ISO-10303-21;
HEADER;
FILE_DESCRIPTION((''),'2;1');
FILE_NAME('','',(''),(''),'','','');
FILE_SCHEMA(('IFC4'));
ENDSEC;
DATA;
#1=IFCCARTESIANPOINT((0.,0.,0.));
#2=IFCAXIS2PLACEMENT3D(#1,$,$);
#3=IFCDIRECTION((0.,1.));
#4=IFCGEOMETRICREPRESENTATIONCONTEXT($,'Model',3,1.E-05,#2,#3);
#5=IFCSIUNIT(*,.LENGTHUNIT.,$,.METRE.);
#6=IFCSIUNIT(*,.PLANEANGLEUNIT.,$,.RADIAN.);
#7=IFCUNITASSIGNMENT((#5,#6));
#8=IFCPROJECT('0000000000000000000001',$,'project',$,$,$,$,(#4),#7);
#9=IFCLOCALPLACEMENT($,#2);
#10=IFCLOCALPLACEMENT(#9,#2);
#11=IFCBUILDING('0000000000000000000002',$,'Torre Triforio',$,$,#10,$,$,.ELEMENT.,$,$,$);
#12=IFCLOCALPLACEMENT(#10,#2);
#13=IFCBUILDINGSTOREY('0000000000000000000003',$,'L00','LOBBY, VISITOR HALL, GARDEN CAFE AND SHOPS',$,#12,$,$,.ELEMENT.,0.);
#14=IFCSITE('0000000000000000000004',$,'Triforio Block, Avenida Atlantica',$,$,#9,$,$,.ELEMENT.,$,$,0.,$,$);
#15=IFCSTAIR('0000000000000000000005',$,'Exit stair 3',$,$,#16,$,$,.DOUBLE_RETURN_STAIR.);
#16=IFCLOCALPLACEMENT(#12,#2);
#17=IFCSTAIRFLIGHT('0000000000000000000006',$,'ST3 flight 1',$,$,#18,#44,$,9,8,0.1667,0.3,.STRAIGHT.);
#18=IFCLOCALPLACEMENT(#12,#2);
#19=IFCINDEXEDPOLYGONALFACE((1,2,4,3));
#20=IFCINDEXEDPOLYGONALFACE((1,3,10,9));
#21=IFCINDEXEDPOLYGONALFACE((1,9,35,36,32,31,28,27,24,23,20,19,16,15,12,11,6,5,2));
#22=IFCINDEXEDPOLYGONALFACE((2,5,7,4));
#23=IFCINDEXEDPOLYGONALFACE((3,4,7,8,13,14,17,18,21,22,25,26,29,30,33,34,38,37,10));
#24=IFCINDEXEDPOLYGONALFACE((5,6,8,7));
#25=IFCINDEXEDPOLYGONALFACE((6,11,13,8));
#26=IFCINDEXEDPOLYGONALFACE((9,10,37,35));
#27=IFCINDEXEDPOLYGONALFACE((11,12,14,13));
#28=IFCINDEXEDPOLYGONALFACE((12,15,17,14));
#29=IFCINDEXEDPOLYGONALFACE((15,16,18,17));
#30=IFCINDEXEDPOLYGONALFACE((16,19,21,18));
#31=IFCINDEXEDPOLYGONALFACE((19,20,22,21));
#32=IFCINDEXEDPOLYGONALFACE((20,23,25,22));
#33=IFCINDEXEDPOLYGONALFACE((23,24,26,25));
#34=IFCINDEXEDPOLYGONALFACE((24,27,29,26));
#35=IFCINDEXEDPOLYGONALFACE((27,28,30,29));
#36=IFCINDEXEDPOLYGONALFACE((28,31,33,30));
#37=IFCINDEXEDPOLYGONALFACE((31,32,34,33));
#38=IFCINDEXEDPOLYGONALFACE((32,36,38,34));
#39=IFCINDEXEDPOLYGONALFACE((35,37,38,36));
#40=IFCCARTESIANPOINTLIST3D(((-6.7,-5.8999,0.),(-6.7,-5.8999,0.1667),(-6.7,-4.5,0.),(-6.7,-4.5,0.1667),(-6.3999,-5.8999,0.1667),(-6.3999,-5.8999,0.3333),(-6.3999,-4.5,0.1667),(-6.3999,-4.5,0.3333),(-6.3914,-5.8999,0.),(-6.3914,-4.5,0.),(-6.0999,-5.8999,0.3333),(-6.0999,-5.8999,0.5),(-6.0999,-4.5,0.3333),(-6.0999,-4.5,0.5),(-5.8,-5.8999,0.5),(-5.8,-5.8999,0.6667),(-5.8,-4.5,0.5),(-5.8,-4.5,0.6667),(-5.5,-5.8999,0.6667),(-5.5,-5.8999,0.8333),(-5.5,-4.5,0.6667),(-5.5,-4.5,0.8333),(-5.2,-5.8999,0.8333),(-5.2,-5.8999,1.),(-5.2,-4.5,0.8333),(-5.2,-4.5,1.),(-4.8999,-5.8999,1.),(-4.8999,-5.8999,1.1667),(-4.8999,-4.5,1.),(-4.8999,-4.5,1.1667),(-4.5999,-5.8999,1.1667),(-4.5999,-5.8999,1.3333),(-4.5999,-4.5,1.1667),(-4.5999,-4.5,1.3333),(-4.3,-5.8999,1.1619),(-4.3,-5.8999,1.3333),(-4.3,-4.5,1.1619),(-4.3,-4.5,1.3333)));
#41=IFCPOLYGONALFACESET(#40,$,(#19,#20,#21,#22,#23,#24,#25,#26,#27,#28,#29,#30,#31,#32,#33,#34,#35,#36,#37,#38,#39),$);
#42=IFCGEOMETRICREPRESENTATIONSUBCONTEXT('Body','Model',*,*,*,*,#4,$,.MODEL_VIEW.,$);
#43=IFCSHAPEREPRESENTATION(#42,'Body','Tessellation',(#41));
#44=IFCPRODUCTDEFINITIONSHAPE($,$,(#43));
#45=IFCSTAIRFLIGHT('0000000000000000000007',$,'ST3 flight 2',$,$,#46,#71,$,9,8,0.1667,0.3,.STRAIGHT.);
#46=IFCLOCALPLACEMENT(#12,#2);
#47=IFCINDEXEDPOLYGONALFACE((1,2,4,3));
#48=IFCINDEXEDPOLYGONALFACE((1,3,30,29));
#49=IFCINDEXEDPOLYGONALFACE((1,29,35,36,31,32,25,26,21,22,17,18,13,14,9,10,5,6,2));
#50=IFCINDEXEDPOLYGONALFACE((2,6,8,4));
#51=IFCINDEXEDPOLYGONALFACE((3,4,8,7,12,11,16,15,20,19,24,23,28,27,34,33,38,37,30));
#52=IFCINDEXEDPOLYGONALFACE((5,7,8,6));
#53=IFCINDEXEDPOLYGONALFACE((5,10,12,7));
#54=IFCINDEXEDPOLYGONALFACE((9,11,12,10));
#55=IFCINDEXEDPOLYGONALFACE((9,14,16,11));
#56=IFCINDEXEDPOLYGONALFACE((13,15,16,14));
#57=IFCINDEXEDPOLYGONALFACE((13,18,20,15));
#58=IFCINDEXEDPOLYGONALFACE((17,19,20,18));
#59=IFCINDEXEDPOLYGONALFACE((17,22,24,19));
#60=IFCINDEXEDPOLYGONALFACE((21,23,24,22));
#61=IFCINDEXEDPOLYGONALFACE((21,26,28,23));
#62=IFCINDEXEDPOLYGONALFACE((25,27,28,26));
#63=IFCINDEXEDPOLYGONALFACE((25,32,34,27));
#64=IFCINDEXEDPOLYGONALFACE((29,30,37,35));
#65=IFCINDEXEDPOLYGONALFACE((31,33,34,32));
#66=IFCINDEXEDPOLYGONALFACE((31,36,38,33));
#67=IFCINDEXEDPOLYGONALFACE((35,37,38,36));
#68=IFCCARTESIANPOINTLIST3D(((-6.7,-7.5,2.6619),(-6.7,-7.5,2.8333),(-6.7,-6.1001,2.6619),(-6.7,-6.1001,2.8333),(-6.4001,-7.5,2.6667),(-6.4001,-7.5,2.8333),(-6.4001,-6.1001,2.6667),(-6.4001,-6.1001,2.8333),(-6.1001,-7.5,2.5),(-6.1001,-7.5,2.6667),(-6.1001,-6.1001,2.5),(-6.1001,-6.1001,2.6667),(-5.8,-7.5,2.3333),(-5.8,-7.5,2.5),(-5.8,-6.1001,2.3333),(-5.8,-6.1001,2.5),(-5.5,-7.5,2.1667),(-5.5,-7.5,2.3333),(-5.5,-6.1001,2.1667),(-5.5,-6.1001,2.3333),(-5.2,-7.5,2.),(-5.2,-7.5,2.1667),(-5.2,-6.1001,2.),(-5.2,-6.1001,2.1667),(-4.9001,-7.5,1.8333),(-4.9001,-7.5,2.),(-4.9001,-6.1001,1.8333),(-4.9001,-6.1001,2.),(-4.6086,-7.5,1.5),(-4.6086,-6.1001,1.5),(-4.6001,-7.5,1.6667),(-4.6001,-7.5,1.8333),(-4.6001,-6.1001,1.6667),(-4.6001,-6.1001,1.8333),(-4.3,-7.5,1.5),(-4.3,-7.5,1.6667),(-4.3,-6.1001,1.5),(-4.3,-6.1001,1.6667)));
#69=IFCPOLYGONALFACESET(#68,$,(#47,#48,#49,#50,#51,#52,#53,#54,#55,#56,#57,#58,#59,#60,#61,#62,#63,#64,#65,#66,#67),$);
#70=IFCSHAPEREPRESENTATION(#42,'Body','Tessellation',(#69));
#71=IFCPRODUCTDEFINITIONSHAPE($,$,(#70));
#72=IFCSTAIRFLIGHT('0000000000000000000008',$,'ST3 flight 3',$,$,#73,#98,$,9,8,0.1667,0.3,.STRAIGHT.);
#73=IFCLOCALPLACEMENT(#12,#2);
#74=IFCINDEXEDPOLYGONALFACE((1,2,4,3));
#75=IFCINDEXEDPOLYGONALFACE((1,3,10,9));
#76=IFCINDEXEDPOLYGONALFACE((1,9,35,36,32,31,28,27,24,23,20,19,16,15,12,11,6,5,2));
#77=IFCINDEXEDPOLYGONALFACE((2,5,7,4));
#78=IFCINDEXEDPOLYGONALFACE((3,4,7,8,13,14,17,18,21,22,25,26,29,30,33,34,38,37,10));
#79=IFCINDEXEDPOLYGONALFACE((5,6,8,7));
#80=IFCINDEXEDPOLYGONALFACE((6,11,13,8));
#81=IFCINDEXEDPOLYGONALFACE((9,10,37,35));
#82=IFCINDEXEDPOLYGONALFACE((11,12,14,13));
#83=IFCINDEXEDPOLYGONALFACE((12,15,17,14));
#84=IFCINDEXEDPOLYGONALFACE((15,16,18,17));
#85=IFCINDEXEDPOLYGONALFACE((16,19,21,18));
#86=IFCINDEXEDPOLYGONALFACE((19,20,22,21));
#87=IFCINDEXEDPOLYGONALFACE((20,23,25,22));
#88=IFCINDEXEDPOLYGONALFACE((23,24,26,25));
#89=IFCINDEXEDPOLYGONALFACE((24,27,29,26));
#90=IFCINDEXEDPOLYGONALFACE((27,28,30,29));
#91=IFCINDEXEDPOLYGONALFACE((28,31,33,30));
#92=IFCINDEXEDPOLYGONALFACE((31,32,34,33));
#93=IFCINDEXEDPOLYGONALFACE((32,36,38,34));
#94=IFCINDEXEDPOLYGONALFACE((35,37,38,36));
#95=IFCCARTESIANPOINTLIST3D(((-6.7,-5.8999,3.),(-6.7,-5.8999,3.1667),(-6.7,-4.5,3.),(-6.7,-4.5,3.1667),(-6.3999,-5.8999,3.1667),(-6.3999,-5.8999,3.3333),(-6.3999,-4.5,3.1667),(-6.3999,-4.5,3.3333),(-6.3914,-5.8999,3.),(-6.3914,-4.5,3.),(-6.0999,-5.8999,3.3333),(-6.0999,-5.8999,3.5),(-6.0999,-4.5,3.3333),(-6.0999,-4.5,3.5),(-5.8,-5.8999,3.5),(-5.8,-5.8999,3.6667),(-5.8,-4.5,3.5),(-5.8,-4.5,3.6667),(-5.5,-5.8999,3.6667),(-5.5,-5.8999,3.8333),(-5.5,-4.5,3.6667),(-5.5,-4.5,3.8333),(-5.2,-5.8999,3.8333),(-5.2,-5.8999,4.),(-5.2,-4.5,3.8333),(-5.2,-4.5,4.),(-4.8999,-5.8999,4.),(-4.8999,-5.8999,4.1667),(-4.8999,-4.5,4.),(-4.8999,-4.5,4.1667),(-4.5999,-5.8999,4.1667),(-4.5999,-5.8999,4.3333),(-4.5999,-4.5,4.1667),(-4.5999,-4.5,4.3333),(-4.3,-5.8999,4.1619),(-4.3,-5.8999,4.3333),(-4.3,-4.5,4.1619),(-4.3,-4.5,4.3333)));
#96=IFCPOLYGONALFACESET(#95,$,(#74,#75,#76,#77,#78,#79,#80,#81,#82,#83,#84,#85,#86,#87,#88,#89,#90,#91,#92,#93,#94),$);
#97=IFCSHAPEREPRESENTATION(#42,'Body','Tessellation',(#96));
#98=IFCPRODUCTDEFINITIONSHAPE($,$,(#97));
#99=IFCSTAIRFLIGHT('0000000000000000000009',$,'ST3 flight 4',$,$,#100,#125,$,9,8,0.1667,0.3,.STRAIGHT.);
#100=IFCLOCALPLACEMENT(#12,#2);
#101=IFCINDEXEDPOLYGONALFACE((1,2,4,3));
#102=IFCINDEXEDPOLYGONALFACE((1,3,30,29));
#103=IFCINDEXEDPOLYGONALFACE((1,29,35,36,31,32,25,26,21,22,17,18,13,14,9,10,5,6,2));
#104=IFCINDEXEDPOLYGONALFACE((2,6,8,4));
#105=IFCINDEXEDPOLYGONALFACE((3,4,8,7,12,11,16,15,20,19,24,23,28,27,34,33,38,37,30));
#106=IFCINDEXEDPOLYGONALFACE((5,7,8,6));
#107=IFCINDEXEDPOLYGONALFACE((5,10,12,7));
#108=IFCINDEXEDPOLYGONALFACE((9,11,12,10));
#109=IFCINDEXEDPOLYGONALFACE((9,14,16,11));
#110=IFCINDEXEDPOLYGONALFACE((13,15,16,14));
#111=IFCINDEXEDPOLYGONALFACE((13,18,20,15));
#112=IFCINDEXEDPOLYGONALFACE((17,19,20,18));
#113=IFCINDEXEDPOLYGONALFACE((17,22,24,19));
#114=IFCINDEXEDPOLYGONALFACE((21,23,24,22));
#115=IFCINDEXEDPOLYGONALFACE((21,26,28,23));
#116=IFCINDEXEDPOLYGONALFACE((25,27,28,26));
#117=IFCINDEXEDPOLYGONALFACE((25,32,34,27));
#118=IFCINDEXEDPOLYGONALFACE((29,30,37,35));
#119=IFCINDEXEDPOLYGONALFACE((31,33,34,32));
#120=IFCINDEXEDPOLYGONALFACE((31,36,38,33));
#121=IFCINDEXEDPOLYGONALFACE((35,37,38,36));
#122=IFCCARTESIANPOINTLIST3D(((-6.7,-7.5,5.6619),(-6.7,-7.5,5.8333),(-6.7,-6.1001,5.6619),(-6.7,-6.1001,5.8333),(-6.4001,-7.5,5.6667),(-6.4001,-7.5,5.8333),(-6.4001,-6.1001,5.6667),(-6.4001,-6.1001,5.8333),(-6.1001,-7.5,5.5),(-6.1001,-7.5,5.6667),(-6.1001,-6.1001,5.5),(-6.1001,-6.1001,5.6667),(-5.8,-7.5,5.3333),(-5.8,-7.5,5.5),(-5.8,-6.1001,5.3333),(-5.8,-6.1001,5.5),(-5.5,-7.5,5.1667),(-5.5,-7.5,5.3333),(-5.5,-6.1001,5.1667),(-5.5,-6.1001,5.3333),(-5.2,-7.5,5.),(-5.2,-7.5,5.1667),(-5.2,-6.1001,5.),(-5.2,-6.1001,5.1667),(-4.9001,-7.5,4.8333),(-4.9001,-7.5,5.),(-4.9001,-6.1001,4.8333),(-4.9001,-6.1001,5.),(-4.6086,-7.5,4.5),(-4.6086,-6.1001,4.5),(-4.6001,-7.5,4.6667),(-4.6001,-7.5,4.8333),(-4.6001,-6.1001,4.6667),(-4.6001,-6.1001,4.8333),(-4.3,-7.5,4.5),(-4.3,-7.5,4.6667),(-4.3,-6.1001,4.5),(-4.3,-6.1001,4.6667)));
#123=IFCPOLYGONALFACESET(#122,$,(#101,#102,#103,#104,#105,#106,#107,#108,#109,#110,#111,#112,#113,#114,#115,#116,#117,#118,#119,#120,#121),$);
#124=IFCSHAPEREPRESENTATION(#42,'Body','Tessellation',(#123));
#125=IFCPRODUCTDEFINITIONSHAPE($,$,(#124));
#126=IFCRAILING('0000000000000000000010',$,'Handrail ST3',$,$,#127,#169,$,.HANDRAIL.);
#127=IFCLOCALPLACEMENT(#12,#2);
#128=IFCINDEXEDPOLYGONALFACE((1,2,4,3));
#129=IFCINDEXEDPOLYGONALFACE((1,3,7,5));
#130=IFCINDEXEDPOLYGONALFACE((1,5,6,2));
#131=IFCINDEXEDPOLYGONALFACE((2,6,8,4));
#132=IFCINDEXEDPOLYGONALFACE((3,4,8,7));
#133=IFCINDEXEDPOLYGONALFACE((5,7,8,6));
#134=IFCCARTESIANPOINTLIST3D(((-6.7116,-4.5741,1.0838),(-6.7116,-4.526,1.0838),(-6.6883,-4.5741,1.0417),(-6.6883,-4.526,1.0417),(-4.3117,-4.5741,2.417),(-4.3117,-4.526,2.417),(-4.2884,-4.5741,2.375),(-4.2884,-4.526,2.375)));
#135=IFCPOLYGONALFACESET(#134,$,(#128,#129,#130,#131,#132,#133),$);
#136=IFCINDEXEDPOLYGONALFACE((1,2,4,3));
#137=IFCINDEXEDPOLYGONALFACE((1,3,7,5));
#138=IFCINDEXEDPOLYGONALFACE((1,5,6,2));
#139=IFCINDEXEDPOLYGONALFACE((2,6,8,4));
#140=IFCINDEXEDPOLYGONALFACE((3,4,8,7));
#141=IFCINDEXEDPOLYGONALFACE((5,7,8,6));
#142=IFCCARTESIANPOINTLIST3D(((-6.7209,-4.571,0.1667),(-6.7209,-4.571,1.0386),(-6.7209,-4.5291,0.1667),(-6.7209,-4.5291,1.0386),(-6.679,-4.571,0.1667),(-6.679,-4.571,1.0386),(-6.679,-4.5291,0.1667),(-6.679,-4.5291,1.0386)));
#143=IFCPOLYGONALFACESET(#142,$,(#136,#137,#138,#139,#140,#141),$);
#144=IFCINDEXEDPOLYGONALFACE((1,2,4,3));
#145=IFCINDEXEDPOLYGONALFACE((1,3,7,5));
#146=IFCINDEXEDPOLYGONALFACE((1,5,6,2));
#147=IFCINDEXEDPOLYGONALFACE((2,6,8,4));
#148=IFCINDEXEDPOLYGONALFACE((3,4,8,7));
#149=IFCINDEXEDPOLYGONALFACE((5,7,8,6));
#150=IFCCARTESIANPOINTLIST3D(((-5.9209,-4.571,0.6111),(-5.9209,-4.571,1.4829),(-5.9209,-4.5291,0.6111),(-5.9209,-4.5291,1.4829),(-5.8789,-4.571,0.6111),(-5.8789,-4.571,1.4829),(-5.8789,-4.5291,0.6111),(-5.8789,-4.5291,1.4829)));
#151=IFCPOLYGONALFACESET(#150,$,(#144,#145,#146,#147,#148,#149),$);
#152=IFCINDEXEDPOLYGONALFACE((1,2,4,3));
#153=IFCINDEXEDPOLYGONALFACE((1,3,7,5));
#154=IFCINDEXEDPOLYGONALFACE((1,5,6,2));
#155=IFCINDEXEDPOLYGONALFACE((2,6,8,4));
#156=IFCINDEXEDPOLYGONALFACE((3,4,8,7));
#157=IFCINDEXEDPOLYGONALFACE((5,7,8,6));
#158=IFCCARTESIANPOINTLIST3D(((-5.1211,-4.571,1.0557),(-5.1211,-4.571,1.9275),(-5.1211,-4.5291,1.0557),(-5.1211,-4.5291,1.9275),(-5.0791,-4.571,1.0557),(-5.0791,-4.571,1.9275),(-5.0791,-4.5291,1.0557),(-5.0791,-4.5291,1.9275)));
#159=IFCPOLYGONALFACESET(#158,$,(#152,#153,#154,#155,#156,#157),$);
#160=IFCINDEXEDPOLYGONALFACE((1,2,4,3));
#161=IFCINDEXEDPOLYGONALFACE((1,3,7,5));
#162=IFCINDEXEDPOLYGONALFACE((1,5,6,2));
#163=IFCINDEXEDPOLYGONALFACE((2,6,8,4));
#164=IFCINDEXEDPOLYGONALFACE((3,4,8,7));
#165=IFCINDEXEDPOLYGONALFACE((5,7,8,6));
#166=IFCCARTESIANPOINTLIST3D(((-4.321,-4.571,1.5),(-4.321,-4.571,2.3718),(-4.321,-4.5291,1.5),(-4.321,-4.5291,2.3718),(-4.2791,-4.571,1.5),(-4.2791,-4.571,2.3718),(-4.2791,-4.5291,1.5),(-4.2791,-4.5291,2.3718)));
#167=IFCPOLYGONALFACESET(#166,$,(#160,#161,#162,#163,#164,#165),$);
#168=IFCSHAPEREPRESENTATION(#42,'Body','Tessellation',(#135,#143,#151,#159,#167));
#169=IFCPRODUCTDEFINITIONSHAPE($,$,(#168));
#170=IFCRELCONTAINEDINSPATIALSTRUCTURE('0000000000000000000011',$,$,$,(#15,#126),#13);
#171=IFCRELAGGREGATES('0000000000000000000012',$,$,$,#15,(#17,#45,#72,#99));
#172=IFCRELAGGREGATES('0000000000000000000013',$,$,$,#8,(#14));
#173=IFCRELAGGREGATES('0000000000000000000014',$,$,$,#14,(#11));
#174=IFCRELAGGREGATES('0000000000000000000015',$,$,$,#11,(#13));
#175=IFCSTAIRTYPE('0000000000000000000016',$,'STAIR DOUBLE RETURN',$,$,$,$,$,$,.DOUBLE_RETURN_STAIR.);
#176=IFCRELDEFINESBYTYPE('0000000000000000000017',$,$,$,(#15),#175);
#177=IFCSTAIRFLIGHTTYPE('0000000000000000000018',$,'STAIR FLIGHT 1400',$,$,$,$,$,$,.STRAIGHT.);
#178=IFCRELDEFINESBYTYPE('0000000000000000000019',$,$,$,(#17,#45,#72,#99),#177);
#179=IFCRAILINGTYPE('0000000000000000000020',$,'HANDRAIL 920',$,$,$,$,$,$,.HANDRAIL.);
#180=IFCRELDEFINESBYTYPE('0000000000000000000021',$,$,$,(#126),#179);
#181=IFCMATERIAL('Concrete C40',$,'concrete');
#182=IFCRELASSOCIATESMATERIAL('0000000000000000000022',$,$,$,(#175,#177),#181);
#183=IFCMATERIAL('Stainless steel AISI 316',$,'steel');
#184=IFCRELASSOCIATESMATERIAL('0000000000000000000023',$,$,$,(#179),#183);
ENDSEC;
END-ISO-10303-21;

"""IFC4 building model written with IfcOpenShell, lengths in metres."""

from ifc_helpers import new_model, si_unit, direction, frame, origin, origin_2d, place, context, subcontext, project, spatial, polyline, rectangle, outline, extrude, material, type_object, element, aggregate, save


model = new_model("IFC4")

# Units and contexts
model_context = context("Model", 3, precision=1e-05, world=origin(), true_north=direction((0.0, 1.0)))
body_context = subcontext(model_context, "Body", "Model", "MODEL_VIEW")
ifc_project = project(units=[si_unit("LENGTHUNIT", "METRE"), si_unit("PLANEANGLEUNIT", "RADIAN")], contexts=[model_context])

# Site, building, storey
site_placement = place(None, origin())
site = spatial("IfcSite", under=ifc_project, at=site_placement, Name="Triforio Block, Avenida Atlantica", CompositionType="ELEMENT", RefElevation=0.0)
building_placement = place(site_placement, origin())
building = spatial("IfcBuilding", under=site, at=building_placement, Name="Torre Triforio", CompositionType="ELEMENT")
storey_placement = place(building_placement, origin())
storey = spatial("IfcBuildingStorey", under=building, at=storey_placement, Name="L00", Description="LOBBY, VISITOR HALL, GARDEN CAFE AND SHOPS", CompositionType="ELEMENT", Elevation=0.0)

# Shared definitions
ifc_material_1 = material(Name="Concrete C40", Category="concrete")

# Stair, stair flights
stair_type_1 = type_object("IfcStairType", Name="STAIR DOUBLE RETURN", PredefinedType="DOUBLE_RETURN_STAIR", material=ifc_material_1)
stair_1_placement = place(storey_placement, origin())
stair_1 = element("IfcStair", 1, at=stair_1_placement, inside=storey, type_object=stair_type_1, Name="Exit stair 3", PredefinedType="DOUBLE_RETURN_STAIR")
stair_flight_type_1 = type_object("IfcStairFlightType", Name="STAIR FLIGHT 1400", PredefinedType="STRAIGHT", material=ifc_material_1)
stair_flight_1_placement = place(storey_placement, frame((-6.7, -5.2, 0.0), z_axis=(0.0, 0.0, 1.0), x_axis=(1.0, 0.0, 0.0)))
stair_flight_1 = element("IfcStairFlight", 2, at=stair_flight_1_placement, type_object=stair_flight_type_1, Name="ST3 flight 1", NumberOfRisers=9, NumberOfTreads=8, PredefinedType="STRAIGHT", RiserHeight=0.1667, TreadLength=0.3, context=body_context, shape_type="SweptSolid", body=[
    extrude(outline(polyline([(0.0, 0.0), (0.0, 0.1667), (0.3, 0.1667), (0.3, 0.3333), (0.6001, 0.3333), (0.6001, 0.5), (0.8999, 0.5), (0.8999, 0.6667), (1.2, 0.6667), (1.2, 0.8333), (1.5, 0.8333), (1.5, 1.0), (1.8, 1.0), (1.8, 1.1667), (2.1001, 1.1667), (2.1001, 1.3333), (2.3999, 1.3333), (2.3999, 1.5), (2.3999, 1.1619), (0.3086, 0.0), (0.0, 0.0)])), frame((0.0, 0.7, 0.0), z_axis=(0.0, -1.0, 0.0), x_axis=(1.0, 0.0, 0.0)), (0.0, 0.0, 1.0), 1.3999),
])
stair_flight_2_placement = place(storey_placement, frame((-4.3, -6.8, 1.5), z_axis=(0.0, 0.0, 1.0), x_axis=(-1.0, 0.0, 0.0)))
stair_flight_2 = element("IfcStairFlight", 3, at=stair_flight_2_placement, type_object=stair_flight_type_1, Name="ST3 flight 2", NumberOfRisers=9, NumberOfTreads=8, PredefinedType="STRAIGHT", RiserHeight=0.1667, TreadLength=0.3, context=body_context, shape_type="SweptSolid", body=[
    extrude(outline(polyline([(0.0, 0.0), (0.0, 0.1667), (0.3, 0.1667), (0.3, 0.3333), (0.6001, 0.3333), (0.6001, 0.5), (0.8999, 0.5), (0.8999, 0.6667), (1.2, 0.6667), (1.2, 0.8333), (1.5, 0.8333), (1.5, 1.0), (1.8, 1.0), (1.8, 1.1667), (2.1001, 1.1667), (2.1001, 1.3333), (2.3999, 1.3333), (2.3999, 1.5), (2.3999, 1.1619), (0.3086, 0.0), (0.0, 0.0)])), frame((0.0, 0.7, 0.0), z_axis=(0.0, -1.0, 0.0), x_axis=(1.0, 0.0, 0.0)), (0.0, 0.0, 1.0), 1.3999),
])
stair_flight_3_placement = place(storey_placement, frame((-6.7, -5.2, 3.0), z_axis=(0.0, 0.0, 1.0), x_axis=(1.0, 0.0, 0.0)))
stair_flight_3 = element("IfcStairFlight", 4, at=stair_flight_3_placement, type_object=stair_flight_type_1, Name="ST3 flight 3", NumberOfRisers=9, NumberOfTreads=8, PredefinedType="STRAIGHT", RiserHeight=0.1667, TreadLength=0.3, context=body_context, shape_type="SweptSolid", body=[
    extrude(outline(polyline([(0.0, 0.0), (0.0, 0.1667), (0.3, 0.1667), (0.3, 0.3333), (0.6001, 0.3333), (0.6001, 0.5), (0.8999, 0.5), (0.8999, 0.6667), (1.2, 0.6667), (1.2, 0.8333), (1.5, 0.8333), (1.5, 1.0), (1.8, 1.0), (1.8, 1.1667), (2.1001, 1.1667), (2.1001, 1.3333), (2.3999, 1.3333), (2.3999, 1.5), (2.3999, 1.1619), (0.3086, 0.0), (0.0, 0.0)])), frame((0.0, 0.7, 0.0), z_axis=(0.0, -1.0, 0.0), x_axis=(1.0, 0.0, 0.0)), (0.0, 0.0, 1.0), 1.3999),
])
stair_flight_4_placement = place(storey_placement, frame((-4.3, -6.8, 4.5), z_axis=(0.0, 0.0, 1.0), x_axis=(-1.0, 0.0, 0.0)))
stair_flight_4 = element("IfcStairFlight", 5, at=stair_flight_4_placement, type_object=stair_flight_type_1, Name="ST3 flight 4", NumberOfRisers=9, NumberOfTreads=8, PredefinedType="STRAIGHT", RiserHeight=0.1667, TreadLength=0.3, context=body_context, shape_type="SweptSolid", body=[
    extrude(outline(polyline([(0.0, 0.0), (0.0, 0.1667), (0.3, 0.1667), (0.3, 0.3333), (0.6001, 0.3333), (0.6001, 0.5), (0.8999, 0.5), (0.8999, 0.6667), (1.2, 0.6667), (1.2, 0.8333), (1.5, 0.8333), (1.5, 1.0), (1.8, 1.0), (1.8, 1.1667), (2.1001, 1.1667), (2.1001, 1.3333), (2.3999, 1.3333), (2.3999, 1.5), (2.3999, 1.1619), (0.3086, 0.0), (0.0, 0.0)])), frame((0.0, 0.7, 0.0), z_axis=(0.0, -1.0, 0.0), x_axis=(1.0, 0.0, 0.0)), (0.0, 0.0, 1.0), 1.3999),
])
aggregate(stair_1, [stair_flight_1, stair_flight_2, stair_flight_3, stair_flight_4])

# Railing
ifc_material_2 = material(Name="Stainless steel AISI 316", Category="steel")
railing_type_1 = type_object("IfcRailingType", Name="HANDRAIL 920", PredefinedType="HANDRAIL", material=ifc_material_2)
for number, where, name in (
    (6, (-6.7, -4.55, 0.1667), "Handrail ST3"),
):
    element("IfcRailing", number, at=place(storey_placement, frame(where)), inside=storey, type_object=railing_type_1, Name=name, PredefinedType="HANDRAIL", context=body_context, shape_type="SweptSolid", body=[
        extrude(rectangle(XDim=0.0481, YDim=0.0481, at=origin_2d()), frame((0.0, 0.0, 0.896), z_axis=(0.874161, 0.0, 0.485635), x_axis=(0.0, 1.0, 0.0)), (0.0, 0.0, 1.0), 2.7454),
        extrude(rectangle(XDim=0.042, YDim=0.042, at=origin_2d()), origin(), (0.0, 0.0, 1.0), 0.8718),
        extrude(rectangle(XDim=0.042, YDim=0.042, at=origin_2d()), frame((0.8, 0.0, 0.4443)), (0.0, 0.0, 1.0), 0.8718),
        extrude(rectangle(XDim=0.042, YDim=0.042, at=origin_2d()), frame((1.5999, 0.0, 0.8889)), (0.0, 0.0, 1.0), 0.8718),
        extrude(rectangle(XDim=0.042, YDim=0.042, at=origin_2d()), frame((2.3999, 0.0, 1.3333)), (0.0, 0.0, 1.0), 0.8718),
    ])

save(model, "model.ifc")
